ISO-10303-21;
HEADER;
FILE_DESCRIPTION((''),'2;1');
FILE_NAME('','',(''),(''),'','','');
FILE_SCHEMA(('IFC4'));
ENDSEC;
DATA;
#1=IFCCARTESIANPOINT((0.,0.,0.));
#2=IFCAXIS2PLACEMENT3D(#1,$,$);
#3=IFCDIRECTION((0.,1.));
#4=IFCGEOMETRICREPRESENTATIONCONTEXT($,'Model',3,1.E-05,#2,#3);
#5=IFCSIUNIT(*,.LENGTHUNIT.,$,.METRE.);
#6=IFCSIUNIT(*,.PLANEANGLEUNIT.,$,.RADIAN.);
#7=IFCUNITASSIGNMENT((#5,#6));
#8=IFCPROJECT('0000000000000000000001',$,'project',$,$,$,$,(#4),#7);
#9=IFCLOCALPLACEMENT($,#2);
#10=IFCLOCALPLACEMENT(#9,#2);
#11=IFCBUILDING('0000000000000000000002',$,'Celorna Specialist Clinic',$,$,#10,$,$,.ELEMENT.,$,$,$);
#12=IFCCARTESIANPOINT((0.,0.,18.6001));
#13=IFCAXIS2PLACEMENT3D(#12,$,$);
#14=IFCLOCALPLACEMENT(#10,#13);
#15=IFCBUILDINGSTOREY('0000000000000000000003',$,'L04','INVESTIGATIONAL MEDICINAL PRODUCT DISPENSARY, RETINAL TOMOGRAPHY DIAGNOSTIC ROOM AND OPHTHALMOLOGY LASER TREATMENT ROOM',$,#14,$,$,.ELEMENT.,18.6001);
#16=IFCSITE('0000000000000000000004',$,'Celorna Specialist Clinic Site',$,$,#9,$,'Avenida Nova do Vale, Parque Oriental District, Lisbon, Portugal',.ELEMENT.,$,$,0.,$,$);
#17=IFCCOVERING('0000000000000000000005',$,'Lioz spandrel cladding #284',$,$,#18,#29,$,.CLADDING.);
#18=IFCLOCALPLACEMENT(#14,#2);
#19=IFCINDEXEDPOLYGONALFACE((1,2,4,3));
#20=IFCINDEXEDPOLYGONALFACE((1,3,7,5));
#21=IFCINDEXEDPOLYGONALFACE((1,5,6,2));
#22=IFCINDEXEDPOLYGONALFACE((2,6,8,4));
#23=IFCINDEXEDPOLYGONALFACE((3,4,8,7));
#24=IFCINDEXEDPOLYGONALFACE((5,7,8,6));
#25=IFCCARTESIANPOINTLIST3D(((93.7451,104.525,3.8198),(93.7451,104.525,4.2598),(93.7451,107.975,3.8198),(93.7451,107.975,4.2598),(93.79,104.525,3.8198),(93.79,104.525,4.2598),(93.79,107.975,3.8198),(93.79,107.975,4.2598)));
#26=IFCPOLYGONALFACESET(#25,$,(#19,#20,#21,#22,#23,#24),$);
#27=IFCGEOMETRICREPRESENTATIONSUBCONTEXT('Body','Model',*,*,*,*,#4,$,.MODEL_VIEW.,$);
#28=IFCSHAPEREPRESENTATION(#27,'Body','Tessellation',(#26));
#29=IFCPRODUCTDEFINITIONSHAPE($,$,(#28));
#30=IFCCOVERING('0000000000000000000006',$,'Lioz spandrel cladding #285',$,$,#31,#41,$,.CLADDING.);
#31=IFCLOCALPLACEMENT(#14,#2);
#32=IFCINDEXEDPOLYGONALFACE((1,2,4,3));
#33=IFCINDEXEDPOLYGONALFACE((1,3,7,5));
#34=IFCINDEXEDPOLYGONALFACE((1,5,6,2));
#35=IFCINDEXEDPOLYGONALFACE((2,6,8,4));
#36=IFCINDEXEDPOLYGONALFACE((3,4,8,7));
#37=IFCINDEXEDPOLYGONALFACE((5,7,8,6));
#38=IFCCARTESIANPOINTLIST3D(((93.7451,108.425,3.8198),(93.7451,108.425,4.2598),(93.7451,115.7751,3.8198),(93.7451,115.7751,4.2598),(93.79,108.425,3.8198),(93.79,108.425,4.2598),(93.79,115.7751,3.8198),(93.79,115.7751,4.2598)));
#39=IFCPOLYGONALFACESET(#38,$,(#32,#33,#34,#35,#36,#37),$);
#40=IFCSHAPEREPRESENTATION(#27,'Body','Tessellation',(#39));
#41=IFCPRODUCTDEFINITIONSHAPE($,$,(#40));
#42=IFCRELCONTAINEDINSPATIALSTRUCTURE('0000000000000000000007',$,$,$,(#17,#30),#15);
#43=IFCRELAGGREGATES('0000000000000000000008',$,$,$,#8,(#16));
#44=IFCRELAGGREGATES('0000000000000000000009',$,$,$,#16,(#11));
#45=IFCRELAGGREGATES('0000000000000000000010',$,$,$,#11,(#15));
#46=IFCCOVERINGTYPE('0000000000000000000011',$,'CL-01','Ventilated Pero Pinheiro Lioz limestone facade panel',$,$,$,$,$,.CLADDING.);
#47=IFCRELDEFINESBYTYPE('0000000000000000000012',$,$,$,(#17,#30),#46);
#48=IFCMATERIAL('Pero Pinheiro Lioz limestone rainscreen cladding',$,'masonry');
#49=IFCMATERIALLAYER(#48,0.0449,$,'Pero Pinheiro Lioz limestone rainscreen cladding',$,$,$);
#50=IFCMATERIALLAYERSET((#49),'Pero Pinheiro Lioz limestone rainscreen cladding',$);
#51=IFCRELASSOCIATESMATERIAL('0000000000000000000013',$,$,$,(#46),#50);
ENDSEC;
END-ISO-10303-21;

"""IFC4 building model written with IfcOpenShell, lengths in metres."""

from ifc_helpers import new_model, si_unit, direction, frame, origin, origin_2d, place, context, subcontext, project, spatial, rectangle, extrude, material, layer, layer_set, type_object, element, save


model = new_model("IFC4")

# Units and contexts
model_context = context("Model", 3, precision=1e-05, world=origin(), true_north=direction((0.0, 1.0)))
body_context = subcontext(model_context, "Body", "Model", "MODEL_VIEW")
ifc_project = project(units=[si_unit("LENGTHUNIT", "METRE"), si_unit("PLANEANGLEUNIT", "RADIAN")], contexts=[model_context])

# Site, building, storey
site_placement = place(None, origin())
site = spatial("IfcSite", under=ifc_project, at=site_placement, Name="Celorna Specialist Clinic Site", LongName="Avenida Nova do Vale, Parque Oriental District, Lisbon, Portugal", CompositionType="ELEMENT", RefElevation=0.0)
building_placement = place(site_placement, origin())
building = spatial("IfcBuilding", under=site, at=building_placement, Name="Celorna Specialist Clinic", CompositionType="ELEMENT")
storey_placement = place(building_placement, frame((0.0, 0.0, 18.6001)))
storey = spatial("IfcBuildingStorey", under=building, at=storey_placement, Name="L04", Description="INVESTIGATIONAL MEDICINAL PRODUCT DISPENSARY, RETINAL TOMOGRAPHY DIAGNOSTIC ROOM AND OPHTHALMOLOGY LASER TREATMENT ROOM", CompositionType="ELEMENT", Elevation=18.6001)

# Coverings
ifc_material_1 = material(Name="Pero Pinheiro Lioz limestone rainscreen cladding", Category="masonry")
ifc_layer_1 = layer(ifc_material_1, 0.0449, Name="Pero Pinheiro Lioz limestone rainscreen cladding")
ifc_layer_set_1 = layer_set([ifc_layer_1], Name="Pero Pinheiro Lioz limestone rainscreen cladding")
covering_type = type_object("IfcCoveringType", Name="CL-01", Description="Ventilated Pero Pinheiro Lioz limestone facade panel", PredefinedType="CLADDING", material=ifc_layer_set_1)
covering_1_placement = place(storey_placement, frame((93.7676, 106.25, 3.8198), z_axis=(0.0, 0.0, 1.0), x_axis=(0.0, -1.0, 0.0)))
element("IfcCovering", 1, at=covering_1_placement, inside=storey, type_object=covering_type, Name="Lioz spandrel cladding #284", PredefinedType="CLADDING", context=body_context, shape_type="SweptSolid", body=[
    extrude(rectangle(XDim=3.45, YDim=0.0449, at=origin_2d()), origin(), (0.0, 0.0, 1.0), 0.4399),
])
covering_2_placement = place(storey_placement, frame((93.7676, 112.1001, 3.8198), z_axis=(0.0, 0.0, 1.0), x_axis=(0.0, -1.0, 0.0)))
element("IfcCovering", 2, at=covering_2_placement, inside=storey, type_object=covering_type, Name="Lioz spandrel cladding #285", PredefinedType="CLADDING", context=body_context, shape_type="SweptSolid", body=[
    extrude(rectangle(XDim=7.3501, YDim=0.0449, at=origin_2d()), origin(), (0.0, 0.0, 1.0), 0.4399),
])

save(model, "model.ifc")
